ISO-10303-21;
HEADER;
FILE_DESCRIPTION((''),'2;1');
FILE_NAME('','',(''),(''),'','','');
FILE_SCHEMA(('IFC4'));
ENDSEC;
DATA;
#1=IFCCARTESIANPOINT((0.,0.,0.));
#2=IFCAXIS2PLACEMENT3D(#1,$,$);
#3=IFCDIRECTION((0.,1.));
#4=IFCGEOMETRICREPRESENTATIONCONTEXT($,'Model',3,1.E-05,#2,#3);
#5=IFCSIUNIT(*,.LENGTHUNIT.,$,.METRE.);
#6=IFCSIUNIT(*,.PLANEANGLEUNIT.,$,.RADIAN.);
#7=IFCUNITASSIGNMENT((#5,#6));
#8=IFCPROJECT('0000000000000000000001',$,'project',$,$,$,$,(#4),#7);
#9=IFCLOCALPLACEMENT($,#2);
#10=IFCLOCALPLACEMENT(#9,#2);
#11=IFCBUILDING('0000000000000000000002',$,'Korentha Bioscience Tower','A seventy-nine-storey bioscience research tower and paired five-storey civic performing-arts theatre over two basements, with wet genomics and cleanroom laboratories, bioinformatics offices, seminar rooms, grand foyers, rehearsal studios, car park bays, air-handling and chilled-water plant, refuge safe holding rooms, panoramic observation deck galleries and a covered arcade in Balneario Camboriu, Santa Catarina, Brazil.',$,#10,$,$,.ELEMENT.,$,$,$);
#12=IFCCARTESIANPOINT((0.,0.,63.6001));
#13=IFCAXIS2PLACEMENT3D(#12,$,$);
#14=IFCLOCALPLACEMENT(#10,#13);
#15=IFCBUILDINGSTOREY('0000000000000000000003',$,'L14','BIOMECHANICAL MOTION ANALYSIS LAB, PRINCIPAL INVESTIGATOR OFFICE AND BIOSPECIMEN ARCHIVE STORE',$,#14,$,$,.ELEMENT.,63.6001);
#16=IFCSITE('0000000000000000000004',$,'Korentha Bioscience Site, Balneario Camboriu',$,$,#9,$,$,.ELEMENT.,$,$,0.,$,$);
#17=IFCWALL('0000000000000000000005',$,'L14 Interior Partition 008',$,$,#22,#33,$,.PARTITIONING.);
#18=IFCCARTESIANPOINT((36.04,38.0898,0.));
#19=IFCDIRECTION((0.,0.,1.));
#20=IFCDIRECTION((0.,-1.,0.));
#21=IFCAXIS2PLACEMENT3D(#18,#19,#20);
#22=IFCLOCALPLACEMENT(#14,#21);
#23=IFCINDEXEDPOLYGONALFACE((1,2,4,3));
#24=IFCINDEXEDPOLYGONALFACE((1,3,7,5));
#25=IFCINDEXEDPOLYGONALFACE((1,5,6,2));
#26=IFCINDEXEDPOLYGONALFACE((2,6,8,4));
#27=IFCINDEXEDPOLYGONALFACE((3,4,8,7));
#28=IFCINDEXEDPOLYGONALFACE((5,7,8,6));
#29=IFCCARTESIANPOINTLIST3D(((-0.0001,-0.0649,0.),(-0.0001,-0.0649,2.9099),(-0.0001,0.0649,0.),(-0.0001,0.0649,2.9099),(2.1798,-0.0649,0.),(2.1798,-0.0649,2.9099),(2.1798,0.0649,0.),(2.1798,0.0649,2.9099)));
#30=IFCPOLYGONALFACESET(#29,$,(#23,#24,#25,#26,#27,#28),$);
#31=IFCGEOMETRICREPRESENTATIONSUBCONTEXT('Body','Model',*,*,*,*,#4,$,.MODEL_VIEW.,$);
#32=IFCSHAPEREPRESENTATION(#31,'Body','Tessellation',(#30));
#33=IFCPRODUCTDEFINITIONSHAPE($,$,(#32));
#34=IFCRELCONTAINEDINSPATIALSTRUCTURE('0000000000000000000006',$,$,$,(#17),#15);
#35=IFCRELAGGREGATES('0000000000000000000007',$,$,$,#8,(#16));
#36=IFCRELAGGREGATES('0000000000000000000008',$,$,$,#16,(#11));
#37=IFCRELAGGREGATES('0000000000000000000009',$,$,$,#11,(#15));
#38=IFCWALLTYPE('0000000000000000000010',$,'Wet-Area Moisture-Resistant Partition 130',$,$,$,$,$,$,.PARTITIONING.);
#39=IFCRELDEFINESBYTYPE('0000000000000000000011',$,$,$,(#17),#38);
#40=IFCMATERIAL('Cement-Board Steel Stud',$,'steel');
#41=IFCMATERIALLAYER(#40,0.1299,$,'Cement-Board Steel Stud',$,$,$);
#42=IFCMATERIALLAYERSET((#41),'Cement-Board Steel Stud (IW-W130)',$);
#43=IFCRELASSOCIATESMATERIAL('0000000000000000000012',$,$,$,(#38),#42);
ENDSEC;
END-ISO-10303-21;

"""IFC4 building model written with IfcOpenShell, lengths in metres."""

from ifc_helpers import new_model, si_unit, direction, frame, frame_2d, origin, place, context, subcontext, project, spatial, rectangle, extrude, material, layer, layer_set, type_object, element, save


model = new_model("IFC4")

# Units and contexts
model_context = context("Model", 3, precision=1e-05, world=origin(), true_north=direction((0.0, 1.0)))
body_context = subcontext(model_context, "Body", "Model", "MODEL_VIEW")
ifc_project = project(units=[si_unit("LENGTHUNIT", "METRE"), si_unit("PLANEANGLEUNIT", "RADIAN")], contexts=[model_context])

# Site, building, storey
site_placement = place(None, origin())
site = spatial("IfcSite", under=ifc_project, at=site_placement, Name="Korentha Bioscience Site, Balneario Camboriu", CompositionType="ELEMENT", RefElevation=0.0)
building_placement = place(site_placement, origin())
building = spatial("IfcBuilding", under=site, at=building_placement, Name="Korentha Bioscience Tower", Description="A seventy-nine-storey bioscience research tower and paired five-storey civic performing-arts theatre over two basements, with wet genomics and cleanroom laboratories, bioinformatics offices, seminar rooms, grand foyers, rehearsal studios, car park bays, air-handling and chilled-water plant, refuge safe holding rooms, panoramic observation deck galleries and a covered arcade in Balneario Camboriu, Santa Catarina, Brazil.", CompositionType="ELEMENT")
storey_placement = place(building_placement, frame((0.0, 0.0, 63.6001)))
storey = spatial("IfcBuildingStorey", under=building, at=storey_placement, Name="L14", Description="BIOMECHANICAL MOTION ANALYSIS LAB, PRINCIPAL INVESTIGATOR OFFICE AND BIOSPECIMEN ARCHIVE STORE", CompositionType="ELEMENT", Elevation=63.6001)

# Shared definitions
ifc_material_1 = material(Name="Cement-Board Steel Stud", Category="steel")
ifc_layer_1 = layer(ifc_material_1, 0.1299, Name="Cement-Board Steel Stud")
ifc_layer_set_1 = layer_set([ifc_layer_1], Name="Cement-Board Steel Stud (IW-W130)")
wall_type_1 = type_object("IfcWallType", Name="Wet-Area Moisture-Resistant Partition 130", PredefinedType="PARTITIONING", material=ifc_layer_set_1)

# Wall
wall_1_placement = place(storey_placement, frame((36.04, 38.0898, 0.0), z_axis=(0.0, 0.0, 1.0), x_axis=(0.0, -1.0, 0.0)))
element("IfcWall", 1, at=wall_1_placement, inside=storey, type_object=wall_type_1, Name="L14 Interior Partition 008", PredefinedType="PARTITIONING", context=body_context, shape_type="SweptSolid", body=[
    extrude(rectangle(XDim=2.1799, YDim=0.1299, at=frame_2d((1.0898, 0.0))), origin(), (0.0, 0.0, 1.0), 2.9099),
])

save(model, "model.ifc")
